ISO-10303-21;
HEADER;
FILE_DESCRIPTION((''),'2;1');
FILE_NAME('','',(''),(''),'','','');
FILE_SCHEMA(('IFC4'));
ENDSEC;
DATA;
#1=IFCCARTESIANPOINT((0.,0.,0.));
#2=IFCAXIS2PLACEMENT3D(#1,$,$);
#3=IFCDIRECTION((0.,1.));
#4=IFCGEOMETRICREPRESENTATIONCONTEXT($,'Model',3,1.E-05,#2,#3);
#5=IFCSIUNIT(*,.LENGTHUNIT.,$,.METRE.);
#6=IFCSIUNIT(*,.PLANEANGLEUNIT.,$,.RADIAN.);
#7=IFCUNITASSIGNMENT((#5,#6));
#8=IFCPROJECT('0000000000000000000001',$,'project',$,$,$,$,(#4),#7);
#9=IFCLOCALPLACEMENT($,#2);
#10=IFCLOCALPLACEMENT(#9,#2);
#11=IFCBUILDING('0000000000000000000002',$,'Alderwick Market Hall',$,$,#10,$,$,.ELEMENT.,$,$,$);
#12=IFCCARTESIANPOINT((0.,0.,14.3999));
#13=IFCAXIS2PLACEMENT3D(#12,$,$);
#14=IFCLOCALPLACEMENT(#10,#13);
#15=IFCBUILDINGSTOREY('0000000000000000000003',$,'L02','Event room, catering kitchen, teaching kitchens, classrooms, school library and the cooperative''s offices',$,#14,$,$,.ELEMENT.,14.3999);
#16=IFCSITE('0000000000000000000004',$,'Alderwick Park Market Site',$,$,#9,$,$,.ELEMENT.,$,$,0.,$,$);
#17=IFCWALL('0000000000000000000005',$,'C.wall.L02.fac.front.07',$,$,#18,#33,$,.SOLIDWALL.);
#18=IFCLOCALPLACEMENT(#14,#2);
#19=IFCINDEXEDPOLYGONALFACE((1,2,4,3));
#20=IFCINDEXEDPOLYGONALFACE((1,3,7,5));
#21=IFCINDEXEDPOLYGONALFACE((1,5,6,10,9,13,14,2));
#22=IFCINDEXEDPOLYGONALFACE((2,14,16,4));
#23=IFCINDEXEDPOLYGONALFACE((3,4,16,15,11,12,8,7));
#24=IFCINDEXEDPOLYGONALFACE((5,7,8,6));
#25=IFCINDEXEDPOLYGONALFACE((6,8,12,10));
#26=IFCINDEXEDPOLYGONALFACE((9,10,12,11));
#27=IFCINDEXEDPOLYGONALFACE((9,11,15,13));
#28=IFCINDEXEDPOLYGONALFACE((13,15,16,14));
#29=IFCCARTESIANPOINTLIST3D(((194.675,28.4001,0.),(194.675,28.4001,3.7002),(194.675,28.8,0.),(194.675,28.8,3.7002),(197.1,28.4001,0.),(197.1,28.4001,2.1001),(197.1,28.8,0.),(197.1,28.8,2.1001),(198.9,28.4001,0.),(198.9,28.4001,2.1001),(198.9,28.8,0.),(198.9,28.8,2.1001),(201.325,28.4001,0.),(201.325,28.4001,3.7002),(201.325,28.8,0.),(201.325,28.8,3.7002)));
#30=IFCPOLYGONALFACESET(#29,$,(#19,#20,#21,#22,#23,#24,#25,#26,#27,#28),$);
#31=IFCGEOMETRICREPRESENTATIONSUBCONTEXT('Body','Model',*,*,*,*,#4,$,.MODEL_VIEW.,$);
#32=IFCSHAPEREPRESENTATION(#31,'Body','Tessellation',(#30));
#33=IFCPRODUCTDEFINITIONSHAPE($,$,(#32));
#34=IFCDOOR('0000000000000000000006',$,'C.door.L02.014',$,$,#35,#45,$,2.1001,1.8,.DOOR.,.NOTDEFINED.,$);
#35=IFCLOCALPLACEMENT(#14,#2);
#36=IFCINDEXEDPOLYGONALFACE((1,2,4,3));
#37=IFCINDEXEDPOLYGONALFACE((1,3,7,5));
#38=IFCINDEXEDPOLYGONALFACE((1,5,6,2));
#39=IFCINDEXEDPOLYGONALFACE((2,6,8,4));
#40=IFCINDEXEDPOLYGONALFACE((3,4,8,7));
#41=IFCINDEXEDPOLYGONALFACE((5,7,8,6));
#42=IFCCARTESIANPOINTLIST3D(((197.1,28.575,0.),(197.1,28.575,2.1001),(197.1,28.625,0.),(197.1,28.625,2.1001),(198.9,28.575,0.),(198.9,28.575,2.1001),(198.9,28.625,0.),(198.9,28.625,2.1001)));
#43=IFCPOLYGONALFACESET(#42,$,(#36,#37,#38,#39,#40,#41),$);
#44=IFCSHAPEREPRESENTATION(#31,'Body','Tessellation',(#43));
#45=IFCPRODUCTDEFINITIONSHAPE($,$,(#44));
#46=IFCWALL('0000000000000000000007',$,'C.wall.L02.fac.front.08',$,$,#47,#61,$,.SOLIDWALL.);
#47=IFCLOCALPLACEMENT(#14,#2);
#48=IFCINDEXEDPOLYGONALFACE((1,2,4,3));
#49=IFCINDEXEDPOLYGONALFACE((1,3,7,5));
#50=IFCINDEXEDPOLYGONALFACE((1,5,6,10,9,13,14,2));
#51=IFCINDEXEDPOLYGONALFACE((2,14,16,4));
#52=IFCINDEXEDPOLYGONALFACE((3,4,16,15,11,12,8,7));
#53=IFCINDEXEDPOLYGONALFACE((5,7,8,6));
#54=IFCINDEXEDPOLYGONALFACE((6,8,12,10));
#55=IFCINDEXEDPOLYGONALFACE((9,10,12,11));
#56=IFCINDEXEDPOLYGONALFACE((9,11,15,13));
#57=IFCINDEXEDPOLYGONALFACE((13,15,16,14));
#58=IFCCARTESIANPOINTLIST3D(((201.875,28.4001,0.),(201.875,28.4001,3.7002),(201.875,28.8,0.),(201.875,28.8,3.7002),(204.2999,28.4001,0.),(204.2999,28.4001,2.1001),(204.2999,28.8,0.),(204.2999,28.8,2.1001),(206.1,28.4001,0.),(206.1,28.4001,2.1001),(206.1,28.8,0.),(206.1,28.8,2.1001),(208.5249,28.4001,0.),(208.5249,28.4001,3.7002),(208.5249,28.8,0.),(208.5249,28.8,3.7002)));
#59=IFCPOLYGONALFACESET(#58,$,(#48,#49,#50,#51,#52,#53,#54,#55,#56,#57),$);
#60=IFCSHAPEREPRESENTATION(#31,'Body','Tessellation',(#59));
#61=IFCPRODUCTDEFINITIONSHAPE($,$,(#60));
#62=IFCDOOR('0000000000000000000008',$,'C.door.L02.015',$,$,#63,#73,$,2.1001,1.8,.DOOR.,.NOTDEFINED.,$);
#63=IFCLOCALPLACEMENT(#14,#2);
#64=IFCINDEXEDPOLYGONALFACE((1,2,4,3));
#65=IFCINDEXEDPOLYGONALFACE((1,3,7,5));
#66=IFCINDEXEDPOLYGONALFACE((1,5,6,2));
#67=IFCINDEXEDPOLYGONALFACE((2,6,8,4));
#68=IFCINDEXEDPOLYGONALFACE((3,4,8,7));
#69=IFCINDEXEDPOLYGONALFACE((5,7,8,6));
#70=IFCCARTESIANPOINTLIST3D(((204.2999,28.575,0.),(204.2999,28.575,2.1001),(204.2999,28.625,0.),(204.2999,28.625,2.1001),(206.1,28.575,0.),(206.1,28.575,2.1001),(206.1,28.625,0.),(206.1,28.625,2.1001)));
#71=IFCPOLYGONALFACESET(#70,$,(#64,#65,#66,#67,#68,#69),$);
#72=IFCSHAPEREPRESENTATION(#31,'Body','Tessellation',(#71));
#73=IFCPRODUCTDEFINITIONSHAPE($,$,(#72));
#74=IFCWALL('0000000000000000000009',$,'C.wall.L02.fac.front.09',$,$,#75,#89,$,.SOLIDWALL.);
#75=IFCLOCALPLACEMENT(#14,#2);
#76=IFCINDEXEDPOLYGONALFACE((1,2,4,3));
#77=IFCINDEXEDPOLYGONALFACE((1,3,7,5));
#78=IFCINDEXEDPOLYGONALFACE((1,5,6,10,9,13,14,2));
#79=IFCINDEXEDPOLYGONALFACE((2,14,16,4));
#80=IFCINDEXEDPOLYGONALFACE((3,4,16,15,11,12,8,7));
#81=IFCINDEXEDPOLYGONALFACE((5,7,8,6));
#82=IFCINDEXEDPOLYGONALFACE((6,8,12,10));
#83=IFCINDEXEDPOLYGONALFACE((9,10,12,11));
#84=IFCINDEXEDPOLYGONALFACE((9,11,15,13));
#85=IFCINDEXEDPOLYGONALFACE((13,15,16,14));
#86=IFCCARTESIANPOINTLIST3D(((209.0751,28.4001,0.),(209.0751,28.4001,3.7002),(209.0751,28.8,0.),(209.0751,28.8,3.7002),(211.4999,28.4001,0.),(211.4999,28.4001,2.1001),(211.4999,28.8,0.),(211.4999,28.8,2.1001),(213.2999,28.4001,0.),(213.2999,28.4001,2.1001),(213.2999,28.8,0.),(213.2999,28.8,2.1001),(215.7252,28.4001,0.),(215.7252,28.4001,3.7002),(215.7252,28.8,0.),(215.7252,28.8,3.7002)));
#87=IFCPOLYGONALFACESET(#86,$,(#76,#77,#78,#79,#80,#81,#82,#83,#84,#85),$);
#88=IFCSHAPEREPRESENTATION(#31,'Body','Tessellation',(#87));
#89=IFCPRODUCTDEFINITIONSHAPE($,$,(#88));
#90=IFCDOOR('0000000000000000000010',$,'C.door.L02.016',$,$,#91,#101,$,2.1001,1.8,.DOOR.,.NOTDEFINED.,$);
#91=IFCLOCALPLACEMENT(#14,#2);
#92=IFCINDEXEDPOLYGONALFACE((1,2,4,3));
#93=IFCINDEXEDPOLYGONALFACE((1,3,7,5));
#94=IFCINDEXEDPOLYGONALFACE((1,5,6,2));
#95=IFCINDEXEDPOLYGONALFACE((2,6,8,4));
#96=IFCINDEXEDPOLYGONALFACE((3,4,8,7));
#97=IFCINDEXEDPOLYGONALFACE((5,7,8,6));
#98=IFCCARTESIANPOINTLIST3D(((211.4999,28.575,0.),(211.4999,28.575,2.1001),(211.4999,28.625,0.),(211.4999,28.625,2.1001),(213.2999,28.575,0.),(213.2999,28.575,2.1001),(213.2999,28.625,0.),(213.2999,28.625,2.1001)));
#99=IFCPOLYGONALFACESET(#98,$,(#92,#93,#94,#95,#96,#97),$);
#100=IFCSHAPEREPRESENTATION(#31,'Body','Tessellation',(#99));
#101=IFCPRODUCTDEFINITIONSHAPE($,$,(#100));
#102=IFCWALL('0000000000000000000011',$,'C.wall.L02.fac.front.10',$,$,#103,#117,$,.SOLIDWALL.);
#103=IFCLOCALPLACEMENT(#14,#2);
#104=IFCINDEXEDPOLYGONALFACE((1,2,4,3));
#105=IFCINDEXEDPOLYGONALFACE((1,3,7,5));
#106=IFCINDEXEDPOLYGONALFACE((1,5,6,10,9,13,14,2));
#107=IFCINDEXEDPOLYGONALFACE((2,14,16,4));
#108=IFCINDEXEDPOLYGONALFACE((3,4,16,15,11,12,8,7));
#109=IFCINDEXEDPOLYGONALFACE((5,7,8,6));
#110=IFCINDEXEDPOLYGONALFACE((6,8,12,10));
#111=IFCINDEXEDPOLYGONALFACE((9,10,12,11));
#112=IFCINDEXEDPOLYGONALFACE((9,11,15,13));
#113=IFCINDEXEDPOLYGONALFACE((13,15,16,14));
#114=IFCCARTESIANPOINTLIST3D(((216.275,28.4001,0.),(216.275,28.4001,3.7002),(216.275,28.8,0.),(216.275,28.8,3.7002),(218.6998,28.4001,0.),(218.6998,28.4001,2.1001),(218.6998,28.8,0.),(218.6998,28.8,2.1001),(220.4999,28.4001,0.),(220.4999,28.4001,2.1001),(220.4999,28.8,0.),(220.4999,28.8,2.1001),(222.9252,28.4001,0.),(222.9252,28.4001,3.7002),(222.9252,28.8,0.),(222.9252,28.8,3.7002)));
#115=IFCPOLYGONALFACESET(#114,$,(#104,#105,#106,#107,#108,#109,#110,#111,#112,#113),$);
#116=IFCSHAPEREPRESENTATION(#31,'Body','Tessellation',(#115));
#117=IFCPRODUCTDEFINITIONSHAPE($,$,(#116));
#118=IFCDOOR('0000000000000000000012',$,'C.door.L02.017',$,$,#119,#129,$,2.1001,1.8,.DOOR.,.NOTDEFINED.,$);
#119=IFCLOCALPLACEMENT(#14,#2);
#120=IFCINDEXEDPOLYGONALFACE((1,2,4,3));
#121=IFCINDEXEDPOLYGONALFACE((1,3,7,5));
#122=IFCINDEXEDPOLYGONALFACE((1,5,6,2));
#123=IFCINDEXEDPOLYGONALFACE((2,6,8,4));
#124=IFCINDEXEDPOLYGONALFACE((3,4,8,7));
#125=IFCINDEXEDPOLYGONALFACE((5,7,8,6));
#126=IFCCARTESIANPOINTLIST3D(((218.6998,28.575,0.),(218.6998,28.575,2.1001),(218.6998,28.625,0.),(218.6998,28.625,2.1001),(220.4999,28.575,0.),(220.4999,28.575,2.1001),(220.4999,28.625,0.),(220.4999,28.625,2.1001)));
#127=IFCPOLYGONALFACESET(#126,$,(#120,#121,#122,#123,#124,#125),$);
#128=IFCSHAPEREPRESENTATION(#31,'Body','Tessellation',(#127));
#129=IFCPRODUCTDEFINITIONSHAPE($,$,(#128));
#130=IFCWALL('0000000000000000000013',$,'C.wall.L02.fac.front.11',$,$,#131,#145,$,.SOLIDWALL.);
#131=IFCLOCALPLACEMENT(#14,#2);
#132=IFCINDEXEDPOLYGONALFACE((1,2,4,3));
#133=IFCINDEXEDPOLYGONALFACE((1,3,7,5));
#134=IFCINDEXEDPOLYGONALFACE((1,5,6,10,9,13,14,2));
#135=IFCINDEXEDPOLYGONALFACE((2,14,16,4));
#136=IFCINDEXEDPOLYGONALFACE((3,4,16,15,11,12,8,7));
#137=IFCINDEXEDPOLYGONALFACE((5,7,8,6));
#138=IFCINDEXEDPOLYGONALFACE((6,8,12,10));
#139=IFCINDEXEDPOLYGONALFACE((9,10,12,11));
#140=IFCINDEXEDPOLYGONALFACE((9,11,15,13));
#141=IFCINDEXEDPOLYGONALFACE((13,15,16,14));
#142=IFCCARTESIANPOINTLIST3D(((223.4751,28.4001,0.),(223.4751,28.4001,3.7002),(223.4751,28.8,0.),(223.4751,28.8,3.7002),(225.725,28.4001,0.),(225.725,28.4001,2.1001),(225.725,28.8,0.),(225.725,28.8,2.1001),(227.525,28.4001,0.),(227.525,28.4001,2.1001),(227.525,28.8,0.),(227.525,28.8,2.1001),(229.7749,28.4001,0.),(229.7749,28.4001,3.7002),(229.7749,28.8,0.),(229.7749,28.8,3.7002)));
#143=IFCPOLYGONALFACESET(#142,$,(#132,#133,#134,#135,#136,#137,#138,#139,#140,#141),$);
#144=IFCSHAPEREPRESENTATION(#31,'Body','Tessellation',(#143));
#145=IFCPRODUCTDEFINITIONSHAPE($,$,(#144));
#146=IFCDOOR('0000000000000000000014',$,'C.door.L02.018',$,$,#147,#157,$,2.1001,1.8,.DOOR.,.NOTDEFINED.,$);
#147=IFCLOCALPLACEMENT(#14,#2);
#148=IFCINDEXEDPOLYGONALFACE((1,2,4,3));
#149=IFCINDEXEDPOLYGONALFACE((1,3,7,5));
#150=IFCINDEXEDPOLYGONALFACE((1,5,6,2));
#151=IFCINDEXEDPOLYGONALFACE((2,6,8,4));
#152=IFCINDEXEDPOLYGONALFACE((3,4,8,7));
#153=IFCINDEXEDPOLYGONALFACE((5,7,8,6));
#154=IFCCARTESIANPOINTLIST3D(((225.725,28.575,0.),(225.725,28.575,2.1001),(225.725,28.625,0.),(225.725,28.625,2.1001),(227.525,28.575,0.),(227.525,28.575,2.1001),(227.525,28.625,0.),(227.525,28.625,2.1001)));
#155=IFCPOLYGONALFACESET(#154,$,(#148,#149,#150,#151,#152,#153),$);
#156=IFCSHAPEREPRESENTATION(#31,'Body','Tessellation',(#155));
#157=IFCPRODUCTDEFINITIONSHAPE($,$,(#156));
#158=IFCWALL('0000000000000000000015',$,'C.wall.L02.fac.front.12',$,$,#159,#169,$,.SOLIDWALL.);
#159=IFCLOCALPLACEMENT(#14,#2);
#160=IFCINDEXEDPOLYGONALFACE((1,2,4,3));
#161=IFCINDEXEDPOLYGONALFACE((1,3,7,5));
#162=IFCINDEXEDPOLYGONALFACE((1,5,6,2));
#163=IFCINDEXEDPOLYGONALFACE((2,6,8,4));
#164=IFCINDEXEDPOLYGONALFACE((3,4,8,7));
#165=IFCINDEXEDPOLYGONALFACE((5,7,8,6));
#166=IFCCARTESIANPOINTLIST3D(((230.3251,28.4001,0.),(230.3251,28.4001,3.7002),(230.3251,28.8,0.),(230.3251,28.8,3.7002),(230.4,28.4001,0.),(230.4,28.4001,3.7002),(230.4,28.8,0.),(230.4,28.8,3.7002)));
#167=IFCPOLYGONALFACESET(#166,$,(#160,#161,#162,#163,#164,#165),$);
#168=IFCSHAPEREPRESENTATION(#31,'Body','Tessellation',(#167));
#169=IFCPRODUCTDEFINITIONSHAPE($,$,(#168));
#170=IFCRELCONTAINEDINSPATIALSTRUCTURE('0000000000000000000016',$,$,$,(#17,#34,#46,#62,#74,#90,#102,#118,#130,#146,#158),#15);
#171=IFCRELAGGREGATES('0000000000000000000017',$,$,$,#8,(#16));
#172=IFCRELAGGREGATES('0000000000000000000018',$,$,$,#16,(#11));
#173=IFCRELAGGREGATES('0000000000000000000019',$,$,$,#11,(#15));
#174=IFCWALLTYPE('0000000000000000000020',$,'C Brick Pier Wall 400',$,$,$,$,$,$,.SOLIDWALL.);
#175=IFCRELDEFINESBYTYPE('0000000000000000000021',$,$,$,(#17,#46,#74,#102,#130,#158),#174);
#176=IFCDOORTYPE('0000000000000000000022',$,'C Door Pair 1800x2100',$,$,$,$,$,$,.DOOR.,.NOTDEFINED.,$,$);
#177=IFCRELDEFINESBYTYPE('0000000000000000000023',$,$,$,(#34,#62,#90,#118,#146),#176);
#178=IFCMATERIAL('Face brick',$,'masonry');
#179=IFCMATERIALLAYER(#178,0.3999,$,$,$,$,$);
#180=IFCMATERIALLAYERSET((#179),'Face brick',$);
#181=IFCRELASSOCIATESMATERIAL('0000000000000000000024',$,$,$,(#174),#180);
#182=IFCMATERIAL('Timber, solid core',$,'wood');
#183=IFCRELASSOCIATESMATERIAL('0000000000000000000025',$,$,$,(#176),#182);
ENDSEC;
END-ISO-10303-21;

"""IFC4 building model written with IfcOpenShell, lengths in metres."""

from ifc_helpers import new_model, si_unit, direction, frame, frame_2d, origin, place, context, subcontext, project, spatial, rectangle, extrude, material, layer, layer_set, type_object, element, fill, save


model = new_model("IFC4")

# Units and contexts
model_context = context("Model", 3, precision=1e-05, world=origin(), true_north=direction((0.0, 1.0)))
body_context = subcontext(model_context, "Body", "Model", "MODEL_VIEW")
ifc_project = project(units=[si_unit("LENGTHUNIT", "METRE"), si_unit("PLANEANGLEUNIT", "RADIAN")], contexts=[model_context])

# Site, building, storey
site_placement = place(None, origin())
site = spatial("IfcSite", under=ifc_project, at=site_placement, Name="Alderwick Park Market Site", CompositionType="ELEMENT", RefElevation=0.0)
building_placement = place(site_placement, origin())
building = spatial("IfcBuilding", under=site, at=building_placement, Name="Alderwick Market Hall", CompositionType="ELEMENT")
storey_placement = place(building_placement, frame((0.0, 0.0, 14.3999)))
storey = spatial("IfcBuildingStorey", under=building, at=storey_placement, Name="L02", Description="Event room, catering kitchen, teaching kitchens, classrooms, school library and the cooperative's offices", CompositionType="ELEMENT", Elevation=14.3999)

# Walls, openings, doors
ifc_material_1 = material(Name="Face brick", Category="masonry")
ifc_layer_1 = layer(ifc_material_1, 0.3999)
ifc_layer_set_1 = layer_set([ifc_layer_1], Name="Face brick")
wall_type_1 = type_object("IfcWallType", Name="C Brick Pier Wall 400", PredefinedType="SOLIDWALL", material=ifc_layer_set_1)
wall_1_placement = place(storey_placement, frame((194.675, 28.6001, 0.0), z_axis=(0.0, 0.0, 1.0), x_axis=(1.0, 0.0, 0.0)))
wall_1 = element("IfcWall", 1, at=wall_1_placement, inside=storey, type_object=wall_type_1, Name="C.wall.L02.fac.front.07", PredefinedType="SOLIDWALL", context=body_context, shape_type="SweptSolid", body=[
    extrude(rectangle(XDim=6.6499, YDim=0.3999, at=frame_2d((3.325, 0.0))), origin(), (0.0, 0.0, 1.0), 3.7002),
])
opening_1_placement = place(wall_1_placement, frame((2.425, 0.0, 0.0)))
opening_1 = element("IfcOpeningElement", 2, at=opening_1_placement, cuts=wall_1, PredefinedType="OPENING", context=body_context, shape_type="SweptSolid", body=[
    extrude(rectangle(XDim=1.8, YDim=2.1001, at=frame_2d((0.8999, 1.05))), frame((0.0, 0.21, 0.0), z_axis=(0.0, -1.0, 0.0), x_axis=(1.0, 0.0, 0.0)), (0.0, 0.0, 1.0), 0.4199),
])
ifc_material_2 = material(Name="Timber, solid core", Category="wood")
door_type = type_object("IfcDoorType", Name="C Door Pair 1800x2100", OperationType="NOTDEFINED", PredefinedType="DOOR", material=ifc_material_2)
door_1_placement = place(opening_1_placement, origin())
door_1 = element("IfcDoor", 3, at=door_1_placement, inside=storey, type_object=door_type, Name="C.door.L02.014", OperationType="NOTDEFINED", OverallHeight=2.1001, OverallWidth=1.8, PredefinedType="DOOR", context=body_context, shape_type="SweptSolid", body=[
    extrude(rectangle(XDim=1.8, YDim=2.1001, at=frame_2d((0.8999, 1.05))), frame((0.0, 0.0249, 0.0), z_axis=(0.0, -1.0, 0.0), x_axis=(1.0, 0.0, 0.0)), (0.0, 0.0, 1.0), 0.05),
])
fill(opening_1, door_1)
wall_2_placement = place(storey_placement, frame((201.875, 28.6001, 0.0), z_axis=(0.0, 0.0, 1.0), x_axis=(1.0, 0.0, 0.0)))
wall_2 = element("IfcWall", 4, at=wall_2_placement, inside=storey, type_object=wall_type_1, Name="C.wall.L02.fac.front.08", PredefinedType="SOLIDWALL", context=body_context, shape_type="SweptSolid", body=[
    extrude(rectangle(XDim=6.6499, YDim=0.3999, at=frame_2d((3.325, 0.0))), origin(), (0.0, 0.0, 1.0), 3.7002),
])
opening_2_placement = place(wall_2_placement, frame((2.425, 0.0, 0.0)))
opening_2 = element("IfcOpeningElement", 5, at=opening_2_placement, cuts=wall_2, PredefinedType="OPENING", context=body_context, shape_type="SweptSolid", body=[
    extrude(rectangle(XDim=1.8, YDim=2.1001, at=frame_2d((0.8999, 1.05))), frame((0.0, 0.21, 0.0), z_axis=(0.0, -1.0, 0.0), x_axis=(1.0, 0.0, 0.0)), (0.0, 0.0, 1.0), 0.4199),
])
door_2_placement = place(opening_2_placement, origin())
door_2 = element("IfcDoor", 6, at=door_2_placement, inside=storey, type_object=door_type, Name="C.door.L02.015", OperationType="NOTDEFINED", OverallHeight=2.1001, OverallWidth=1.8, PredefinedType="DOOR", context=body_context, shape_type="SweptSolid", body=[
    extrude(rectangle(XDim=1.8, YDim=2.1001, at=frame_2d((0.8999, 1.05))), frame((0.0, 0.0249, 0.0), z_axis=(0.0, -1.0, 0.0), x_axis=(1.0, 0.0, 0.0)), (0.0, 0.0, 1.0), 0.05),
])
fill(opening_2, door_2)
wall_3_placement = place(storey_placement, frame((209.075, 28.6001, 0.0), z_axis=(0.0, 0.0, 1.0), x_axis=(1.0, 0.0, 0.0)))
wall_3 = element("IfcWall", 7, at=wall_3_placement, inside=storey, type_object=wall_type_1, Name="C.wall.L02.fac.front.09", PredefinedType="SOLIDWALL", context=body_context, shape_type="SweptSolid", body=[
    extrude(rectangle(XDim=6.6501, YDim=0.3999, at=frame_2d((3.3252, 0.0))), origin(), (0.0, 0.0, 1.0), 3.7002),
])
opening_3_placement = place(wall_3_placement, frame((2.425, 0.0, 0.0)))
opening_3 = element("IfcOpeningElement", 8, at=opening_3_placement, cuts=wall_3, PredefinedType="OPENING", context=body_context, shape_type="SweptSolid", body=[
    extrude(rectangle(XDim=1.8, YDim=2.1001, at=frame_2d((0.8999, 1.05))), frame((0.0, 0.21, 0.0), z_axis=(0.0, -1.0, 0.0), x_axis=(1.0, 0.0, 0.0)), (0.0, 0.0, 1.0), 0.4199),
])
door_3_placement = place(opening_3_placement, origin())
door_3 = element("IfcDoor", 9, at=door_3_placement, inside=storey, type_object=door_type, Name="C.door.L02.016", OperationType="NOTDEFINED", OverallHeight=2.1001, OverallWidth=1.8, PredefinedType="DOOR", context=body_context, shape_type="SweptSolid", body=[
    extrude(rectangle(XDim=1.8, YDim=2.1001, at=frame_2d((0.8999, 1.05))), frame((0.0, 0.0249, 0.0), z_axis=(0.0, -1.0, 0.0), x_axis=(1.0, 0.0, 0.0)), (0.0, 0.0, 1.0), 0.05),
])
fill(opening_3, door_3)
wall_4_placement = place(storey_placement, frame((216.2749, 28.6001, 0.0), z_axis=(0.0, 0.0, 1.0), x_axis=(1.0, 0.0, 0.0)))
wall_4 = element("IfcWall", 10, at=wall_4_placement, inside=storey, type_object=wall_type_1, Name="C.wall.L02.fac.front.10", PredefinedType="SOLIDWALL", context=body_context, shape_type="SweptSolid", body=[
    extrude(rectangle(XDim=6.6501, YDim=0.3999, at=frame_2d((3.3252, 0.0))), origin(), (0.0, 0.0, 1.0), 3.7002),
])
opening_4_placement = place(wall_4_placement, frame((2.425, 0.0, 0.0)))
opening_4 = element("IfcOpeningElement", 11, at=opening_4_placement, cuts=wall_4, PredefinedType="OPENING", context=body_context, shape_type="SweptSolid", body=[
    extrude(rectangle(XDim=1.8, YDim=2.1001, at=frame_2d((0.8999, 1.05))), frame((0.0, 0.21, 0.0), z_axis=(0.0, -1.0, 0.0), x_axis=(1.0, 0.0, 0.0)), (0.0, 0.0, 1.0), 0.4199),
])
door_4_placement = place(opening_4_placement, origin())
door_4 = element("IfcDoor", 12, at=door_4_placement, inside=storey, type_object=door_type, Name="C.door.L02.017", OperationType="NOTDEFINED", OverallHeight=2.1001, OverallWidth=1.8, PredefinedType="DOOR", context=body_context, shape_type="SweptSolid", body=[
    extrude(rectangle(XDim=1.8, YDim=2.1001, at=frame_2d((0.8999, 1.05))), frame((0.0, 0.0249, 0.0), z_axis=(0.0, -1.0, 0.0), x_axis=(1.0, 0.0, 0.0)), (0.0, 0.0, 1.0), 0.05),
])
fill(opening_4, door_4)
wall_5_placement = place(storey_placement, frame((223.4751, 28.6001, 0.0), z_axis=(0.0, 0.0, 1.0), x_axis=(1.0, 0.0, 0.0)))
wall_5 = element("IfcWall", 13, at=wall_5_placement, inside=storey, type_object=wall_type_1, Name="C.wall.L02.fac.front.11", PredefinedType="SOLIDWALL", context=body_context, shape_type="SweptSolid", body=[
    extrude(rectangle(XDim=6.2998, YDim=0.3999, at=frame_2d((3.1499, 0.0))), origin(), (0.0, 0.0, 1.0), 3.7002),
])
opening_5_placement = place(wall_5_placement, frame((2.25, 0.0, 0.0)))
opening_5 = element("IfcOpeningElement", 14, at=opening_5_placement, cuts=wall_5, PredefinedType="OPENING", context=body_context, shape_type="SweptSolid", body=[
    extrude(rectangle(XDim=1.8, YDim=2.1001, at=frame_2d((0.8999, 1.05))), frame((0.0, 0.21, 0.0), z_axis=(0.0, -1.0, 0.0), x_axis=(1.0, 0.0, 0.0)), (0.0, 0.0, 1.0), 0.4199),
])
door_5_placement = place(opening_5_placement, origin())
door_5 = element("IfcDoor", 15, at=door_5_placement, inside=storey, type_object=door_type, Name="C.door.L02.018", OperationType="NOTDEFINED", OverallHeight=2.1001, OverallWidth=1.8, PredefinedType="DOOR", context=body_context, shape_type="SweptSolid", body=[
    extrude(rectangle(XDim=1.8, YDim=2.1001, at=frame_2d((0.8999, 1.05))), frame((0.0, 0.0249, 0.0), z_axis=(0.0, -1.0, 0.0), x_axis=(1.0, 0.0, 0.0)), (0.0, 0.0, 1.0), 0.05),
])
fill(opening_5, door_5)

# Wall
wall_6_placement = place(storey_placement, frame((230.325, 28.6001, 0.0), z_axis=(0.0, 0.0, 1.0), x_axis=(1.0, 0.0, 0.0)))
element("IfcWall", 16, at=wall_6_placement, inside=storey, type_object=wall_type_1, Name="C.wall.L02.fac.front.12", PredefinedType="SOLIDWALL", context=body_context, shape_type="SweptSolid", body=[
    extrude(rectangle(XDim=0.075, YDim=0.3999, at=frame_2d((0.0376, 0.0))), origin(), (0.0, 0.0, 1.0), 3.7002),
])

save(model, "model.ifc")
